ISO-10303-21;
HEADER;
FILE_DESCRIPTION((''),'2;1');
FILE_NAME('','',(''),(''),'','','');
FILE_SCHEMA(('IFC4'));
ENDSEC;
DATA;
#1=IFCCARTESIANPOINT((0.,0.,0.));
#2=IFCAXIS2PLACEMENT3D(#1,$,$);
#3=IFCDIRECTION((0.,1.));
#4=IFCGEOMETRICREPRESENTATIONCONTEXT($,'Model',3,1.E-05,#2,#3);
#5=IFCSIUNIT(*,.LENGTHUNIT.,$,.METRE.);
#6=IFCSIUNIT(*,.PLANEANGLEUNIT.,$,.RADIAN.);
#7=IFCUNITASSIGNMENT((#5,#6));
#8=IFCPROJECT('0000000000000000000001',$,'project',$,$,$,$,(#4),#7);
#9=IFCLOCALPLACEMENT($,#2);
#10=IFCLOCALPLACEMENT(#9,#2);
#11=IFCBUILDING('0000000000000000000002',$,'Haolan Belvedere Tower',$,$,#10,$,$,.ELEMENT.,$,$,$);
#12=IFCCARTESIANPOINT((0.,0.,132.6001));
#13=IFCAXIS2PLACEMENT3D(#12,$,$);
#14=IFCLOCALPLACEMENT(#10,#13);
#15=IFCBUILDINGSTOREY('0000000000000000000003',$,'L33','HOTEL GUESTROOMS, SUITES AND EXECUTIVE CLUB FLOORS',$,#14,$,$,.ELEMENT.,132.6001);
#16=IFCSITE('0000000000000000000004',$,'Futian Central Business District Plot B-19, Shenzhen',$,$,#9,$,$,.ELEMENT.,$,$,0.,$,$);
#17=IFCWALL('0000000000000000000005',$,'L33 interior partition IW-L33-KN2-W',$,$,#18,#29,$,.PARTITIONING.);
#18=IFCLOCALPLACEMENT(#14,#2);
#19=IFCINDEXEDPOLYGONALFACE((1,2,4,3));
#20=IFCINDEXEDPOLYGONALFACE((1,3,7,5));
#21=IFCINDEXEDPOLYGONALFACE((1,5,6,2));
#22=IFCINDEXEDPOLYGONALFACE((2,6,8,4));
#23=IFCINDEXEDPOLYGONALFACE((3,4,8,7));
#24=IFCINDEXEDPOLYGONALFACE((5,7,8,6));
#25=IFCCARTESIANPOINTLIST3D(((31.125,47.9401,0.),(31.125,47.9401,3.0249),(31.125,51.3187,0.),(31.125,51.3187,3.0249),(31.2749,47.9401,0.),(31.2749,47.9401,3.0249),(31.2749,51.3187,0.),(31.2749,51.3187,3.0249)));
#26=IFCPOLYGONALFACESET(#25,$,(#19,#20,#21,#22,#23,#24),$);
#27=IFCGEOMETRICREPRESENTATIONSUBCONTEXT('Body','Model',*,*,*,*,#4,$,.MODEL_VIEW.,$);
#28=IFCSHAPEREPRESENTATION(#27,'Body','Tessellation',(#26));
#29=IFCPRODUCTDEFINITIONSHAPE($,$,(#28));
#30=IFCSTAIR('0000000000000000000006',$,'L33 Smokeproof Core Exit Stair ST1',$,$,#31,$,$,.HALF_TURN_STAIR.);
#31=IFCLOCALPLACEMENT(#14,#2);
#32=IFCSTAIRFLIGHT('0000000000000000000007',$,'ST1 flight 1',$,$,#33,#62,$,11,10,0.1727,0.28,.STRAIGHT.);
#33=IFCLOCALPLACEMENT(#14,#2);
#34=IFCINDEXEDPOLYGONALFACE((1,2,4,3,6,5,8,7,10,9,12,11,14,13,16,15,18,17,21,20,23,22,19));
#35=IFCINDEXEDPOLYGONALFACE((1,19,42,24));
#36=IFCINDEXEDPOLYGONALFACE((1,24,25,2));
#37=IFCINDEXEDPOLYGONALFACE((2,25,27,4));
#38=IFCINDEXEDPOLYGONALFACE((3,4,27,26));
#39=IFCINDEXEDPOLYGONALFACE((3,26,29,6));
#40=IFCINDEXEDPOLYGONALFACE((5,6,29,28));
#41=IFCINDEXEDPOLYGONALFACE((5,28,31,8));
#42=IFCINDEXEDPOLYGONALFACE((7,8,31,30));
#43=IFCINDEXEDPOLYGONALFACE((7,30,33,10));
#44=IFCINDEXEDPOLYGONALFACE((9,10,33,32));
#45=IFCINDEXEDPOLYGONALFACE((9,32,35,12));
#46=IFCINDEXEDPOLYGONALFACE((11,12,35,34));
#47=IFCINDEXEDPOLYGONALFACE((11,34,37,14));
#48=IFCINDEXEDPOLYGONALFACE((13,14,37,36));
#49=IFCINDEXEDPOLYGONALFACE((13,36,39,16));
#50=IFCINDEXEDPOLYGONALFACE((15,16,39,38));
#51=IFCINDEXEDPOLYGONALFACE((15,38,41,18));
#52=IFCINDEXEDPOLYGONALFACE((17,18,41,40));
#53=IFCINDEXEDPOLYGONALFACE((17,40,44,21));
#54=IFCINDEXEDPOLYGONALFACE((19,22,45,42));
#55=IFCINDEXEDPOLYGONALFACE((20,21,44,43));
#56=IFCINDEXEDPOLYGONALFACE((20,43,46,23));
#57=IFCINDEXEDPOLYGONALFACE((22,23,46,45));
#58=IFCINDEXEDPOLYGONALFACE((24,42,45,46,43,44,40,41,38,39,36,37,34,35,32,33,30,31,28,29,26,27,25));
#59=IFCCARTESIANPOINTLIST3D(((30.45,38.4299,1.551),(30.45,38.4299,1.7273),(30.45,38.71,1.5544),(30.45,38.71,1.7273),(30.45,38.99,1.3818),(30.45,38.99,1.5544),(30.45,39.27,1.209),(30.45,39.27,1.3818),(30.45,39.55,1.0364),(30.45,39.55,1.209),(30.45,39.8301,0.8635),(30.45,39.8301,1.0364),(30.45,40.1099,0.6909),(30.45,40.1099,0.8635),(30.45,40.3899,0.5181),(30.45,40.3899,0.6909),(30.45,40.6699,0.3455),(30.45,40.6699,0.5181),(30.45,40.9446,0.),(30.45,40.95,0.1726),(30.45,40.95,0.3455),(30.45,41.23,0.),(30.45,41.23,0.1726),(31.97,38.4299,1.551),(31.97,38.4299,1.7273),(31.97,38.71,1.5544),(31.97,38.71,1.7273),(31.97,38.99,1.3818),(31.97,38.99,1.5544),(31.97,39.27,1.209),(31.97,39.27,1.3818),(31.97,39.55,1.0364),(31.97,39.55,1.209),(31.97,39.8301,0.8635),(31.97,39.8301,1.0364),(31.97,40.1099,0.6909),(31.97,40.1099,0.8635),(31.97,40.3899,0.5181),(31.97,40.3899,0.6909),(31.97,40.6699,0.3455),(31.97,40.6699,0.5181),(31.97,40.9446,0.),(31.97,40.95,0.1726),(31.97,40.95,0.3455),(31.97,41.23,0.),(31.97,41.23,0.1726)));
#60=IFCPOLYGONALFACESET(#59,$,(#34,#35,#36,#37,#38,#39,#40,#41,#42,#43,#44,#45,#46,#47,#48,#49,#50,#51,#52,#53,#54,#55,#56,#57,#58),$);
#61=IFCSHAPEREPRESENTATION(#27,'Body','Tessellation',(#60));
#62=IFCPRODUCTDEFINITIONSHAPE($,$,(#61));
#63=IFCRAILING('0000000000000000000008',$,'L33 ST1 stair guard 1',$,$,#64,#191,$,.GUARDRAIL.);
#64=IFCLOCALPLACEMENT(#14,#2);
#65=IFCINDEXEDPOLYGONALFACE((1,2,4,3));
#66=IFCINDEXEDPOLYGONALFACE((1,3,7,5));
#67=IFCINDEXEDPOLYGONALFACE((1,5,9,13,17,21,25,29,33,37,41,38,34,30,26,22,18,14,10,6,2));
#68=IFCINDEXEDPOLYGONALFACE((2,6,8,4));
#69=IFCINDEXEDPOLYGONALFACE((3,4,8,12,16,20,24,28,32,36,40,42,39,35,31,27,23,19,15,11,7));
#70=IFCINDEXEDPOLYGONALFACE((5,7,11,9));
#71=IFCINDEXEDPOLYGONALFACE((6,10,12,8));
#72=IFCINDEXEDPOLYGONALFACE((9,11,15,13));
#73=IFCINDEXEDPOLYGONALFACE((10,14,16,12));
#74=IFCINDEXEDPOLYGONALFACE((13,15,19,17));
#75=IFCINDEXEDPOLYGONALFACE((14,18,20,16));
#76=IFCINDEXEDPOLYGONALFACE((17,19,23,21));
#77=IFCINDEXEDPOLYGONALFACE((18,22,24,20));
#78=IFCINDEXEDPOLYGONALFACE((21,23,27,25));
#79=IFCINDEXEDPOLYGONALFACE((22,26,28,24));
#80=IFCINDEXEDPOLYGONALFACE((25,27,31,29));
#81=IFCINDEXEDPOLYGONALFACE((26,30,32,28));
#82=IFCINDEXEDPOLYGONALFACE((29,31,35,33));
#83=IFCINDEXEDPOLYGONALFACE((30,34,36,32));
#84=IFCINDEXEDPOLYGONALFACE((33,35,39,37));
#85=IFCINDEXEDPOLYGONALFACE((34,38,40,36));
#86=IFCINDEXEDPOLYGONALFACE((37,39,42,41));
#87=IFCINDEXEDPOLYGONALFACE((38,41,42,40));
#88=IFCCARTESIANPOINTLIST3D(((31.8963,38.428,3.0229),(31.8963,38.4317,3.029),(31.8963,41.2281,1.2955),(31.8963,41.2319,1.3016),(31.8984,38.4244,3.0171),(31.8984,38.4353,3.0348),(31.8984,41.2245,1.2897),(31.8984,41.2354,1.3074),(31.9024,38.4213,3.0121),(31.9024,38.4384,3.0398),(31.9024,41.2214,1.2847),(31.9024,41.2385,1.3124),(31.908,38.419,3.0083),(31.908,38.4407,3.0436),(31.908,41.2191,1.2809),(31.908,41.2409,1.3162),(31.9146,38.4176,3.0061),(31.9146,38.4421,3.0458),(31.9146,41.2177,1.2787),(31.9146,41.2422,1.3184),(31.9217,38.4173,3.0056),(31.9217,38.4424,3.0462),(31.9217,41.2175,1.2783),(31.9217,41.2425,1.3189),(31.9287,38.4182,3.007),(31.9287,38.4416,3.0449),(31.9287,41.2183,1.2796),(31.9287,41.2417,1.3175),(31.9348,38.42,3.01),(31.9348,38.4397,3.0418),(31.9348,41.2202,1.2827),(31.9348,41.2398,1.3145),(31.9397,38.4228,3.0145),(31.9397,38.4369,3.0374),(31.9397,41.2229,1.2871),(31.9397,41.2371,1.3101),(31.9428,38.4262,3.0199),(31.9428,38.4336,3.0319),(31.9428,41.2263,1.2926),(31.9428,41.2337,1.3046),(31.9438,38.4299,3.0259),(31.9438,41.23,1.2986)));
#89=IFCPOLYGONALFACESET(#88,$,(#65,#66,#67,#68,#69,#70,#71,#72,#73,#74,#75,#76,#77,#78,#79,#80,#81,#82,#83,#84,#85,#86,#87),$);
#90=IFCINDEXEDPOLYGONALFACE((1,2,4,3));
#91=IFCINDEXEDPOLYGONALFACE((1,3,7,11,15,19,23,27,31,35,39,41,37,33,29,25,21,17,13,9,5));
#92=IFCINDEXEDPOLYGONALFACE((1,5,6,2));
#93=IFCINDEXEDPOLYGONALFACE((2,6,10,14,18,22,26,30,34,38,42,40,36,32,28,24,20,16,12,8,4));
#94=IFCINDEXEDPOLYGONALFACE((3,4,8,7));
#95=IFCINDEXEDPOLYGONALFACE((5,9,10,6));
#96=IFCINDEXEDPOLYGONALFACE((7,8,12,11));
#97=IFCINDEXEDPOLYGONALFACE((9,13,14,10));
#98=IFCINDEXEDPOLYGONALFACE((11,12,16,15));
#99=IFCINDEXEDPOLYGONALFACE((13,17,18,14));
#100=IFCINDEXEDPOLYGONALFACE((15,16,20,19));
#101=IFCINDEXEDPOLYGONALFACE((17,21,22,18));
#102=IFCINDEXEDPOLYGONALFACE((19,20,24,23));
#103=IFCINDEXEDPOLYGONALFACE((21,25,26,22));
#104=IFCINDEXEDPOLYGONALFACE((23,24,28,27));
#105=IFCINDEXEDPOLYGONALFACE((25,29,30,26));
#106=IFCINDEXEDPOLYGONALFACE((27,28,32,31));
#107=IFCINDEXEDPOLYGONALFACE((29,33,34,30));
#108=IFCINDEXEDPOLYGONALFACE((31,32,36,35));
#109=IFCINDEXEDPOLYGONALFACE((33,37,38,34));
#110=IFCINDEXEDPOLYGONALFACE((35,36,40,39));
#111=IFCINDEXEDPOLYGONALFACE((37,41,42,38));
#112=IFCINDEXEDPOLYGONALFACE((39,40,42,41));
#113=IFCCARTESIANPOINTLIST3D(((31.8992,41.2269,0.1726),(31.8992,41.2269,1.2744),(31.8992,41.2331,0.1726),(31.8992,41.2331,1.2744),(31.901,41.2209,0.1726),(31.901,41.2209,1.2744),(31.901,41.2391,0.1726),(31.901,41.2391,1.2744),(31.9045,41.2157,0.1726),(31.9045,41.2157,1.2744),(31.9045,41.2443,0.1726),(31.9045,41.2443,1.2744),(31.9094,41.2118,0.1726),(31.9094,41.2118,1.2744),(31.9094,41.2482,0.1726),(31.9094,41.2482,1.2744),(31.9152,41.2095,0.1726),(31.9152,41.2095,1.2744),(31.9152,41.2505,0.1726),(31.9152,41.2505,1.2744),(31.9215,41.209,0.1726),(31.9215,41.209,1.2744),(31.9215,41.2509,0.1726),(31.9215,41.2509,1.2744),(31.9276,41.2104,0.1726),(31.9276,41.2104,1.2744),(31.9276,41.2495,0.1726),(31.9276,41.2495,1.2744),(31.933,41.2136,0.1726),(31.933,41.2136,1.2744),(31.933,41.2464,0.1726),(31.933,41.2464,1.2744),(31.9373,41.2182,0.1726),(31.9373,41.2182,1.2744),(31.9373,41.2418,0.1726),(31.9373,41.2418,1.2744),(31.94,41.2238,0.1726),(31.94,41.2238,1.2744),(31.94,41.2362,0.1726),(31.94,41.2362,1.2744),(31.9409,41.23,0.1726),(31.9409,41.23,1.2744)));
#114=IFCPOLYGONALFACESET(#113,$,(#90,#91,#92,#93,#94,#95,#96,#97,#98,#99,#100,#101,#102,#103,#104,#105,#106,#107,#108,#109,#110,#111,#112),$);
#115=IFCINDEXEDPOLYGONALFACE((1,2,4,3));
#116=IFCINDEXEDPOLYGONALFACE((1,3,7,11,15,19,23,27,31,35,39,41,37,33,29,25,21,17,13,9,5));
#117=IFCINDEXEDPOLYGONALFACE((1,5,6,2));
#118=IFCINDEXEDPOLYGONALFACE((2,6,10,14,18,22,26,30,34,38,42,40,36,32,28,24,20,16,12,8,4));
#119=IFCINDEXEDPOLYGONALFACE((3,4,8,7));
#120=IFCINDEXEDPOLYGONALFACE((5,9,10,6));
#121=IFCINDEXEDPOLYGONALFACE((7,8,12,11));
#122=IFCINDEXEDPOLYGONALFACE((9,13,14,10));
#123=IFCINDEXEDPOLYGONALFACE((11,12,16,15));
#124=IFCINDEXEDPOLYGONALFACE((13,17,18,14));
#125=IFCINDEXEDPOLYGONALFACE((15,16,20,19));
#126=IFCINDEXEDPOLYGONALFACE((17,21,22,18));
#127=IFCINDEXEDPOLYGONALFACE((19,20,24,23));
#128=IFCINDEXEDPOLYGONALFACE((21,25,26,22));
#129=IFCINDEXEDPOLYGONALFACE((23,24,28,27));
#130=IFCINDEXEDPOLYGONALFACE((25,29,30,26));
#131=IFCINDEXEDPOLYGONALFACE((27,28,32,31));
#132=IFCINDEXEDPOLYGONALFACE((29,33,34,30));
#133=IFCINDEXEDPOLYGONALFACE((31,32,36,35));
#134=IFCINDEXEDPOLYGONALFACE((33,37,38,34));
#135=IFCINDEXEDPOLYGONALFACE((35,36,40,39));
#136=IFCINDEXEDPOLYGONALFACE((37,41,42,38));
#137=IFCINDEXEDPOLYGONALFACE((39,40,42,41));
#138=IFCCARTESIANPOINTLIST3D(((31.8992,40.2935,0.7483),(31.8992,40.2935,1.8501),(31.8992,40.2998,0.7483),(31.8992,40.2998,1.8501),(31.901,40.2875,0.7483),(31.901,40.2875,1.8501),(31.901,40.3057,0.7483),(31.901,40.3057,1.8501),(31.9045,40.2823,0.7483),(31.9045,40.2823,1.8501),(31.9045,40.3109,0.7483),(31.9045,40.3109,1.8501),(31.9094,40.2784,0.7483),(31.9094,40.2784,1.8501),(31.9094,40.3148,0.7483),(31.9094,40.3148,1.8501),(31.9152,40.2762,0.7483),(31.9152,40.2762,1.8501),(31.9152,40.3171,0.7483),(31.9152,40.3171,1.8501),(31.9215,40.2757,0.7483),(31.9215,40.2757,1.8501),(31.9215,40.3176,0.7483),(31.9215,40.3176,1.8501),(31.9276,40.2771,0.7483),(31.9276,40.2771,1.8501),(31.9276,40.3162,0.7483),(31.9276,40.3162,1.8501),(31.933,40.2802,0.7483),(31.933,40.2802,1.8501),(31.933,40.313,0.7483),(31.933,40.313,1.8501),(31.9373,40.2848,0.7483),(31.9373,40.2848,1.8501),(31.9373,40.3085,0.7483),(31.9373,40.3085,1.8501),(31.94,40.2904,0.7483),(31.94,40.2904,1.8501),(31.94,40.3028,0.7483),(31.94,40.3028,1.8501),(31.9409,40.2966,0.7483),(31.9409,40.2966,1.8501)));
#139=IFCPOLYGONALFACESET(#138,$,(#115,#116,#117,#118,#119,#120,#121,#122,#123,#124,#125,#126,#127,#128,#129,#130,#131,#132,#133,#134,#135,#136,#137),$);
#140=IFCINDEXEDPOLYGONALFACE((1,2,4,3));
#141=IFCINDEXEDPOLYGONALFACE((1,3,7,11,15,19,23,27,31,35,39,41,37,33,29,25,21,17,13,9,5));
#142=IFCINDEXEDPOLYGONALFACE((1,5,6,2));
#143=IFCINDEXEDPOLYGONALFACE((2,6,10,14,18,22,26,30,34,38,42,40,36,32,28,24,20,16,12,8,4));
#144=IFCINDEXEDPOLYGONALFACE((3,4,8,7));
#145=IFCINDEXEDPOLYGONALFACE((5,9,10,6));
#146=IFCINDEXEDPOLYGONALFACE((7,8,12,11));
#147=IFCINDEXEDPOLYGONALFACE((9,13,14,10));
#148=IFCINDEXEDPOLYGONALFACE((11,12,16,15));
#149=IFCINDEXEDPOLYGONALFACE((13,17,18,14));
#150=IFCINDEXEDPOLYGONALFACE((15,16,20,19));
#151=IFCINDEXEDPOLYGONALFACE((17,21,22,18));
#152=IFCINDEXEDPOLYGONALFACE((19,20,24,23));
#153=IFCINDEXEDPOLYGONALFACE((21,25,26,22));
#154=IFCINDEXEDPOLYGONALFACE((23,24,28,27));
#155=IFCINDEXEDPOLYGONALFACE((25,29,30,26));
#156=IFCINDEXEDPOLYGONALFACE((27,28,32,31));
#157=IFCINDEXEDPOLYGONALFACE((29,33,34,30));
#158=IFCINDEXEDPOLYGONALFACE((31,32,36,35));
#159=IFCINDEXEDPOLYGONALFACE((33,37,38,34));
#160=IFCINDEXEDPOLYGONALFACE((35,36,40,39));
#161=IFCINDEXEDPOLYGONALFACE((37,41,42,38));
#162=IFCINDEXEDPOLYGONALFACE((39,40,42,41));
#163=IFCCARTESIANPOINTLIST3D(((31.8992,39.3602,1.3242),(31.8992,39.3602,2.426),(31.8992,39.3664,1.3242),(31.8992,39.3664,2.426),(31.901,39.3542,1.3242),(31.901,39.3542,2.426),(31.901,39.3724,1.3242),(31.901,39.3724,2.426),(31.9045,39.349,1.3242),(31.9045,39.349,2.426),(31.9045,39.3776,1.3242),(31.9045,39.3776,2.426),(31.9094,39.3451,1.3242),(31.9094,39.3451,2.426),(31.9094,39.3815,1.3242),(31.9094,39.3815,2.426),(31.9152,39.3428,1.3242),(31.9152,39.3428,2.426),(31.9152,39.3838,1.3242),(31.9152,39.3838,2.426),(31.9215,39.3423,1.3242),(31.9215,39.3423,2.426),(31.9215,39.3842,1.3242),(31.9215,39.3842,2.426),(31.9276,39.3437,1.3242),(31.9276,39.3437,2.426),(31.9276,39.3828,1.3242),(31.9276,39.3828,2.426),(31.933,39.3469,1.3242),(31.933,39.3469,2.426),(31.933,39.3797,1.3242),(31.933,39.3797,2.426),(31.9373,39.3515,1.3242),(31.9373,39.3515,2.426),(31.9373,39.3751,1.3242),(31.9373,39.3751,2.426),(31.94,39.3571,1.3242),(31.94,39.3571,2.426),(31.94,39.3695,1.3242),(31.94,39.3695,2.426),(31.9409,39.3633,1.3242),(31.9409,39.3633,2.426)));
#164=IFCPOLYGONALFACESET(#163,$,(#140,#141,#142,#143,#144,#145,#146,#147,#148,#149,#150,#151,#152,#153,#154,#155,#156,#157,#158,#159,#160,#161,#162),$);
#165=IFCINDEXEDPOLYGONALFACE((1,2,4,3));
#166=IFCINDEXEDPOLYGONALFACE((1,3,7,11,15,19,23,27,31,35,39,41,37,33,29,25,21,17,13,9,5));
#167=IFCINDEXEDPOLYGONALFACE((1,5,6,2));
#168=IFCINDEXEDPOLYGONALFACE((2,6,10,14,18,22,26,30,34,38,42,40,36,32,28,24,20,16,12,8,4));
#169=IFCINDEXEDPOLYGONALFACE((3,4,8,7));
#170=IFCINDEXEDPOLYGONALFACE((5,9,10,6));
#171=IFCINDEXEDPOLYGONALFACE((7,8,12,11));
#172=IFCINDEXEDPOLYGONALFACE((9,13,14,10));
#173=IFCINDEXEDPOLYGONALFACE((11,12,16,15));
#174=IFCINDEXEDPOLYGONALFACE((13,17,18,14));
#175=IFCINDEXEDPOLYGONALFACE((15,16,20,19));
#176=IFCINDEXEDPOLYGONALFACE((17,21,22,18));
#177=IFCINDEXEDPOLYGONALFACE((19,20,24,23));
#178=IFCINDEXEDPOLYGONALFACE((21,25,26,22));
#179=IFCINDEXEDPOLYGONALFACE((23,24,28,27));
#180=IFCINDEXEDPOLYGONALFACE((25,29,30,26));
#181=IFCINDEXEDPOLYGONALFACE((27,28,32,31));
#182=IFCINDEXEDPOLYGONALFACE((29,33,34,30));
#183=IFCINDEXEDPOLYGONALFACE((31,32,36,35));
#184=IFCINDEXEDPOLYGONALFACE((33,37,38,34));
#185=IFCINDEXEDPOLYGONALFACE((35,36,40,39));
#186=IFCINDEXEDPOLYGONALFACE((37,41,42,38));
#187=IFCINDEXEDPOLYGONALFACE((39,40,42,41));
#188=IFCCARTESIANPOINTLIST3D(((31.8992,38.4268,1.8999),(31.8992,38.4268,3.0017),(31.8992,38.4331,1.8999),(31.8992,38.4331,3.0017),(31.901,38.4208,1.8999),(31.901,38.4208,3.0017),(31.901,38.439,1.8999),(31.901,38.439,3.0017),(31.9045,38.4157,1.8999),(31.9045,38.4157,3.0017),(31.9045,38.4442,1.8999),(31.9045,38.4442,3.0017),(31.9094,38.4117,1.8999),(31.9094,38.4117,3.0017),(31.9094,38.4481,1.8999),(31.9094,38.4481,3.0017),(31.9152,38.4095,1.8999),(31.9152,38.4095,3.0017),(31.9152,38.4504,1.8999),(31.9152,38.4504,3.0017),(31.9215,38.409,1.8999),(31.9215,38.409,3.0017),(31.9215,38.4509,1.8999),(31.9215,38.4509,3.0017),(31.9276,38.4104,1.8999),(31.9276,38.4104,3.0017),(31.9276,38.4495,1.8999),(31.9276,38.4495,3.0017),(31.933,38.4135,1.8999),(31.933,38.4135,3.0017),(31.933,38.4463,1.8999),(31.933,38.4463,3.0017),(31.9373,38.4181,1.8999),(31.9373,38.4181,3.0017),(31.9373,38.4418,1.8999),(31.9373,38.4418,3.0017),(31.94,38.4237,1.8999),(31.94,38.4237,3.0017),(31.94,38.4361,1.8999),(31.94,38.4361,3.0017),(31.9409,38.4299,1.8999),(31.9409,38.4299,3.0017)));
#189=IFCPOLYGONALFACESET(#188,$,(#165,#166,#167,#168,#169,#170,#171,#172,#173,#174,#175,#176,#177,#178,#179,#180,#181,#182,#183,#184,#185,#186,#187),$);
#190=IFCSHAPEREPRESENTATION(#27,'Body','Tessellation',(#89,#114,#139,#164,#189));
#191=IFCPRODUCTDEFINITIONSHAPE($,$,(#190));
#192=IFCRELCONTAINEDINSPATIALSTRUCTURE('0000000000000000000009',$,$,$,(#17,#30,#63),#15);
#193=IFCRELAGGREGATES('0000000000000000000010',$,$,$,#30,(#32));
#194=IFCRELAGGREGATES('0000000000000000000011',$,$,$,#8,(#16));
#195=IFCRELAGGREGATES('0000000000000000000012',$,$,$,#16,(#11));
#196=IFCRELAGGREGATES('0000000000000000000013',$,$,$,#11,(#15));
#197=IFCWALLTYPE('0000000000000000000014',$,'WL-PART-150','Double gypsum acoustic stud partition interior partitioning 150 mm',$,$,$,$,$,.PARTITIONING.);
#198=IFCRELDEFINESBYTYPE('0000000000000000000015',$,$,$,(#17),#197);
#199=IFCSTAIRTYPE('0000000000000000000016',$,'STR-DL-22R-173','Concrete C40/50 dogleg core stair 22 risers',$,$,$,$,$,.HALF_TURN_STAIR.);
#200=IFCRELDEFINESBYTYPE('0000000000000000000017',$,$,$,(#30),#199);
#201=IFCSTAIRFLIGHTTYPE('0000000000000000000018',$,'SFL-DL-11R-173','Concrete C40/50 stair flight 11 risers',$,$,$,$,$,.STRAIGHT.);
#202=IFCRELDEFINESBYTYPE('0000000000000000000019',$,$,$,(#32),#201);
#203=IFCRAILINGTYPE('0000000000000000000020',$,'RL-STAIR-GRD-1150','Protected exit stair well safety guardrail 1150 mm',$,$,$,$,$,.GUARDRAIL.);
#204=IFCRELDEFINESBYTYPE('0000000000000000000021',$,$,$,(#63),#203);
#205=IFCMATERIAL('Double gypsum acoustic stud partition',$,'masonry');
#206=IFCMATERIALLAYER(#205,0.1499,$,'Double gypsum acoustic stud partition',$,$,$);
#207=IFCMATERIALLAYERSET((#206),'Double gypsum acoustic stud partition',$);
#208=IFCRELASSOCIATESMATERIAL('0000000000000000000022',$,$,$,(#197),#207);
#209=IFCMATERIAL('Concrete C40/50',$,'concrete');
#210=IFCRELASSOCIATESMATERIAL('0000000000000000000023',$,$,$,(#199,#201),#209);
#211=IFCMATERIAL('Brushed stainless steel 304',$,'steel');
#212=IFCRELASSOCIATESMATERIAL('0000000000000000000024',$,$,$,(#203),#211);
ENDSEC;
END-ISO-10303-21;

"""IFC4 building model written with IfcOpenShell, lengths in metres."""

from ifc_helpers import new_model, si_unit, direction, frame, frame_2d, origin, origin_2d, place, context, subcontext, project, spatial, polyline, rectangle, circle, outline, extrude, material, layer, layer_set, type_object, element, aggregate, save


model = new_model("IFC4")

# Units and contexts
model_context = context("Model", 3, precision=1e-05, world=origin(), true_north=direction((0.0, 1.0)))
body_context = subcontext(model_context, "Body", "Model", "MODEL_VIEW")
ifc_project = project(units=[si_unit("LENGTHUNIT", "METRE"), si_unit("PLANEANGLEUNIT", "RADIAN")], contexts=[model_context])

# Site, building, storey
site_placement = place(None, origin())
site = spatial("IfcSite", under=ifc_project, at=site_placement, Name="Futian Central Business District Plot B-19, Shenzhen", CompositionType="ELEMENT", RefElevation=0.0)
building_placement = place(site_placement, origin())
building = spatial("IfcBuilding", under=site, at=building_placement, Name="Haolan Belvedere Tower", CompositionType="ELEMENT")
storey_placement = place(building_placement, frame((0.0, 0.0, 132.6001)))
storey = spatial("IfcBuildingStorey", under=building, at=storey_placement, Name="L33", Description="HOTEL GUESTROOMS, SUITES AND EXECUTIVE CLUB FLOORS", CompositionType="ELEMENT", Elevation=132.6001)

# Shared definitions
ifc_material_1 = material(Name="Concrete C40/50", Category="concrete")

# Shared definitions
ifc_material_2 = material(Name="Double gypsum acoustic stud partition", Category="masonry")
ifc_layer_1 = layer(ifc_material_2, 0.1499, Name="Double gypsum acoustic stud partition")
ifc_layer_set_1 = layer_set([ifc_layer_1], Name="Double gypsum acoustic stud partition")
wall_type_1 = type_object("IfcWallType", Name="WL-PART-150", Description="Double gypsum acoustic stud partition interior partitioning 150 mm", PredefinedType="PARTITIONING", material=ifc_layer_set_1)

# Wall
wall_1_placement = place(storey_placement, frame((31.2, 47.9399, 0.0), z_axis=(0.0, 0.0, 1.0), x_axis=(0.0, 1.0, 0.0)))
element("IfcWall", 1, at=wall_1_placement, inside=storey, type_object=wall_type_1, Name="L33 interior partition IW-L33-KN2-W", PredefinedType="PARTITIONING", context=body_context, shape_type="SweptSolid", body=[
    extrude(rectangle(XDim=3.3787, YDim=0.1499, at=frame_2d((1.6895, 0.0))), origin(), (0.0, 0.0, 1.0), 3.0249),
])

# Stair, stair flight
stair_type = type_object("IfcStairType", Name="STR-DL-22R-173", Description="Concrete C40/50 dogleg core stair 22 risers", PredefinedType="HALF_TURN_STAIR", material=ifc_material_1)
stair_placement = place(storey_placement, origin())
stair = element("IfcStair", 2, at=stair_placement, inside=storey, type_object=stair_type, Name="L33 Smokeproof Core Exit Stair ST1", PredefinedType="HALF_TURN_STAIR")
stair_flight_type = type_object("IfcStairFlightType", Name="SFL-DL-11R-173", Description="Concrete C40/50 stair flight 11 risers", PredefinedType="STRAIGHT", material=ifc_material_1)
stair_flight_placement = place(storey_placement, frame((31.21, 41.23, 0.0), z_axis=(0.0, 0.0, 1.0), x_axis=(0.0, -1.0, 0.0)))
stair_flight = element("IfcStairFlight", 3, at=stair_flight_placement, type_object=stair_flight_type, Name="ST1 flight 1", NumberOfRisers=11, NumberOfTreads=10, PredefinedType="STRAIGHT", RiserHeight=0.1727, TreadLength=0.28, context=body_context, shape_type="SweptSolid", body=[
    extrude(outline(polyline([(0.0, 0.0), (0.0, 0.1726), (0.28, 0.1726), (0.28, 0.3455), (0.5601, 0.3455), (0.5601, 0.5181), (0.8401, 0.5181), (0.8401, 0.6909), (1.1201, 0.6909), (1.1201, 0.8635), (1.3999, 0.8635), (1.3999, 1.0364), (1.6799, 1.0364), (1.6799, 1.209), (1.96, 1.209), (1.96, 1.3818), (2.24, 1.3818), (2.24, 1.5544), (2.52, 1.5544), (2.52, 1.7273), (2.8, 1.7273), (2.8, 1.8999), (2.8, 1.551), (0.2854, 0.0), (0.0, 0.0)])), frame((0.0, 0.76, 0.0), z_axis=(0.0, -1.0, 0.0), x_axis=(1.0, 0.0, 0.0)), (0.0, 0.0, 1.0), 1.52),
])
aggregate(stair, [stair_flight])

# Railing
ifc_material_3 = material(Name="Brushed stainless steel 304", Category="steel")
railing_type_1 = type_object("IfcRailingType", Name="RL-STAIR-GRD-1150", Description="Protected exit stair well safety guardrail 1150 mm", PredefinedType="GUARDRAIL", material=ifc_material_3)
railing_1_placement = place(storey_placement, frame((31.9199, 41.23, 0.1726)))
element("IfcRailing", 4, at=railing_1_placement, inside=storey, type_object=railing_type_1, Name="L33 ST1 stair guard 1", PredefinedType="GUARDRAIL", context=body_context, shape_type="SweptSolid", body=[
    extrude(circle(Radius=0.0239, at=origin_2d()), frame((0.0, 0.0, 1.126), z_axis=(0.0, -0.85109, 0.52502), x_axis=(1.0, 0.0, 0.0)), (0.0, 0.0, 1.0), 3.29),
    extrude(circle(Radius=0.021, at=origin_2d()), origin(), (0.0, 0.0, 1.0), 1.1018),
    extrude(circle(Radius=0.021, at=origin_2d()), frame((0.0, -0.9333, 0.5757)), (0.0, 0.0, 1.0), 1.1018),
    extrude(circle(Radius=0.021, at=origin_2d()), frame((0.0, -1.8667, 1.1516)), (0.0, 0.0, 1.0), 1.1018),
    extrude(circle(Radius=0.021, at=origin_2d()), frame((0.0, -2.8, 1.7273)), (0.0, 0.0, 1.0), 1.1018),
])

save(model, "model.ifc")
